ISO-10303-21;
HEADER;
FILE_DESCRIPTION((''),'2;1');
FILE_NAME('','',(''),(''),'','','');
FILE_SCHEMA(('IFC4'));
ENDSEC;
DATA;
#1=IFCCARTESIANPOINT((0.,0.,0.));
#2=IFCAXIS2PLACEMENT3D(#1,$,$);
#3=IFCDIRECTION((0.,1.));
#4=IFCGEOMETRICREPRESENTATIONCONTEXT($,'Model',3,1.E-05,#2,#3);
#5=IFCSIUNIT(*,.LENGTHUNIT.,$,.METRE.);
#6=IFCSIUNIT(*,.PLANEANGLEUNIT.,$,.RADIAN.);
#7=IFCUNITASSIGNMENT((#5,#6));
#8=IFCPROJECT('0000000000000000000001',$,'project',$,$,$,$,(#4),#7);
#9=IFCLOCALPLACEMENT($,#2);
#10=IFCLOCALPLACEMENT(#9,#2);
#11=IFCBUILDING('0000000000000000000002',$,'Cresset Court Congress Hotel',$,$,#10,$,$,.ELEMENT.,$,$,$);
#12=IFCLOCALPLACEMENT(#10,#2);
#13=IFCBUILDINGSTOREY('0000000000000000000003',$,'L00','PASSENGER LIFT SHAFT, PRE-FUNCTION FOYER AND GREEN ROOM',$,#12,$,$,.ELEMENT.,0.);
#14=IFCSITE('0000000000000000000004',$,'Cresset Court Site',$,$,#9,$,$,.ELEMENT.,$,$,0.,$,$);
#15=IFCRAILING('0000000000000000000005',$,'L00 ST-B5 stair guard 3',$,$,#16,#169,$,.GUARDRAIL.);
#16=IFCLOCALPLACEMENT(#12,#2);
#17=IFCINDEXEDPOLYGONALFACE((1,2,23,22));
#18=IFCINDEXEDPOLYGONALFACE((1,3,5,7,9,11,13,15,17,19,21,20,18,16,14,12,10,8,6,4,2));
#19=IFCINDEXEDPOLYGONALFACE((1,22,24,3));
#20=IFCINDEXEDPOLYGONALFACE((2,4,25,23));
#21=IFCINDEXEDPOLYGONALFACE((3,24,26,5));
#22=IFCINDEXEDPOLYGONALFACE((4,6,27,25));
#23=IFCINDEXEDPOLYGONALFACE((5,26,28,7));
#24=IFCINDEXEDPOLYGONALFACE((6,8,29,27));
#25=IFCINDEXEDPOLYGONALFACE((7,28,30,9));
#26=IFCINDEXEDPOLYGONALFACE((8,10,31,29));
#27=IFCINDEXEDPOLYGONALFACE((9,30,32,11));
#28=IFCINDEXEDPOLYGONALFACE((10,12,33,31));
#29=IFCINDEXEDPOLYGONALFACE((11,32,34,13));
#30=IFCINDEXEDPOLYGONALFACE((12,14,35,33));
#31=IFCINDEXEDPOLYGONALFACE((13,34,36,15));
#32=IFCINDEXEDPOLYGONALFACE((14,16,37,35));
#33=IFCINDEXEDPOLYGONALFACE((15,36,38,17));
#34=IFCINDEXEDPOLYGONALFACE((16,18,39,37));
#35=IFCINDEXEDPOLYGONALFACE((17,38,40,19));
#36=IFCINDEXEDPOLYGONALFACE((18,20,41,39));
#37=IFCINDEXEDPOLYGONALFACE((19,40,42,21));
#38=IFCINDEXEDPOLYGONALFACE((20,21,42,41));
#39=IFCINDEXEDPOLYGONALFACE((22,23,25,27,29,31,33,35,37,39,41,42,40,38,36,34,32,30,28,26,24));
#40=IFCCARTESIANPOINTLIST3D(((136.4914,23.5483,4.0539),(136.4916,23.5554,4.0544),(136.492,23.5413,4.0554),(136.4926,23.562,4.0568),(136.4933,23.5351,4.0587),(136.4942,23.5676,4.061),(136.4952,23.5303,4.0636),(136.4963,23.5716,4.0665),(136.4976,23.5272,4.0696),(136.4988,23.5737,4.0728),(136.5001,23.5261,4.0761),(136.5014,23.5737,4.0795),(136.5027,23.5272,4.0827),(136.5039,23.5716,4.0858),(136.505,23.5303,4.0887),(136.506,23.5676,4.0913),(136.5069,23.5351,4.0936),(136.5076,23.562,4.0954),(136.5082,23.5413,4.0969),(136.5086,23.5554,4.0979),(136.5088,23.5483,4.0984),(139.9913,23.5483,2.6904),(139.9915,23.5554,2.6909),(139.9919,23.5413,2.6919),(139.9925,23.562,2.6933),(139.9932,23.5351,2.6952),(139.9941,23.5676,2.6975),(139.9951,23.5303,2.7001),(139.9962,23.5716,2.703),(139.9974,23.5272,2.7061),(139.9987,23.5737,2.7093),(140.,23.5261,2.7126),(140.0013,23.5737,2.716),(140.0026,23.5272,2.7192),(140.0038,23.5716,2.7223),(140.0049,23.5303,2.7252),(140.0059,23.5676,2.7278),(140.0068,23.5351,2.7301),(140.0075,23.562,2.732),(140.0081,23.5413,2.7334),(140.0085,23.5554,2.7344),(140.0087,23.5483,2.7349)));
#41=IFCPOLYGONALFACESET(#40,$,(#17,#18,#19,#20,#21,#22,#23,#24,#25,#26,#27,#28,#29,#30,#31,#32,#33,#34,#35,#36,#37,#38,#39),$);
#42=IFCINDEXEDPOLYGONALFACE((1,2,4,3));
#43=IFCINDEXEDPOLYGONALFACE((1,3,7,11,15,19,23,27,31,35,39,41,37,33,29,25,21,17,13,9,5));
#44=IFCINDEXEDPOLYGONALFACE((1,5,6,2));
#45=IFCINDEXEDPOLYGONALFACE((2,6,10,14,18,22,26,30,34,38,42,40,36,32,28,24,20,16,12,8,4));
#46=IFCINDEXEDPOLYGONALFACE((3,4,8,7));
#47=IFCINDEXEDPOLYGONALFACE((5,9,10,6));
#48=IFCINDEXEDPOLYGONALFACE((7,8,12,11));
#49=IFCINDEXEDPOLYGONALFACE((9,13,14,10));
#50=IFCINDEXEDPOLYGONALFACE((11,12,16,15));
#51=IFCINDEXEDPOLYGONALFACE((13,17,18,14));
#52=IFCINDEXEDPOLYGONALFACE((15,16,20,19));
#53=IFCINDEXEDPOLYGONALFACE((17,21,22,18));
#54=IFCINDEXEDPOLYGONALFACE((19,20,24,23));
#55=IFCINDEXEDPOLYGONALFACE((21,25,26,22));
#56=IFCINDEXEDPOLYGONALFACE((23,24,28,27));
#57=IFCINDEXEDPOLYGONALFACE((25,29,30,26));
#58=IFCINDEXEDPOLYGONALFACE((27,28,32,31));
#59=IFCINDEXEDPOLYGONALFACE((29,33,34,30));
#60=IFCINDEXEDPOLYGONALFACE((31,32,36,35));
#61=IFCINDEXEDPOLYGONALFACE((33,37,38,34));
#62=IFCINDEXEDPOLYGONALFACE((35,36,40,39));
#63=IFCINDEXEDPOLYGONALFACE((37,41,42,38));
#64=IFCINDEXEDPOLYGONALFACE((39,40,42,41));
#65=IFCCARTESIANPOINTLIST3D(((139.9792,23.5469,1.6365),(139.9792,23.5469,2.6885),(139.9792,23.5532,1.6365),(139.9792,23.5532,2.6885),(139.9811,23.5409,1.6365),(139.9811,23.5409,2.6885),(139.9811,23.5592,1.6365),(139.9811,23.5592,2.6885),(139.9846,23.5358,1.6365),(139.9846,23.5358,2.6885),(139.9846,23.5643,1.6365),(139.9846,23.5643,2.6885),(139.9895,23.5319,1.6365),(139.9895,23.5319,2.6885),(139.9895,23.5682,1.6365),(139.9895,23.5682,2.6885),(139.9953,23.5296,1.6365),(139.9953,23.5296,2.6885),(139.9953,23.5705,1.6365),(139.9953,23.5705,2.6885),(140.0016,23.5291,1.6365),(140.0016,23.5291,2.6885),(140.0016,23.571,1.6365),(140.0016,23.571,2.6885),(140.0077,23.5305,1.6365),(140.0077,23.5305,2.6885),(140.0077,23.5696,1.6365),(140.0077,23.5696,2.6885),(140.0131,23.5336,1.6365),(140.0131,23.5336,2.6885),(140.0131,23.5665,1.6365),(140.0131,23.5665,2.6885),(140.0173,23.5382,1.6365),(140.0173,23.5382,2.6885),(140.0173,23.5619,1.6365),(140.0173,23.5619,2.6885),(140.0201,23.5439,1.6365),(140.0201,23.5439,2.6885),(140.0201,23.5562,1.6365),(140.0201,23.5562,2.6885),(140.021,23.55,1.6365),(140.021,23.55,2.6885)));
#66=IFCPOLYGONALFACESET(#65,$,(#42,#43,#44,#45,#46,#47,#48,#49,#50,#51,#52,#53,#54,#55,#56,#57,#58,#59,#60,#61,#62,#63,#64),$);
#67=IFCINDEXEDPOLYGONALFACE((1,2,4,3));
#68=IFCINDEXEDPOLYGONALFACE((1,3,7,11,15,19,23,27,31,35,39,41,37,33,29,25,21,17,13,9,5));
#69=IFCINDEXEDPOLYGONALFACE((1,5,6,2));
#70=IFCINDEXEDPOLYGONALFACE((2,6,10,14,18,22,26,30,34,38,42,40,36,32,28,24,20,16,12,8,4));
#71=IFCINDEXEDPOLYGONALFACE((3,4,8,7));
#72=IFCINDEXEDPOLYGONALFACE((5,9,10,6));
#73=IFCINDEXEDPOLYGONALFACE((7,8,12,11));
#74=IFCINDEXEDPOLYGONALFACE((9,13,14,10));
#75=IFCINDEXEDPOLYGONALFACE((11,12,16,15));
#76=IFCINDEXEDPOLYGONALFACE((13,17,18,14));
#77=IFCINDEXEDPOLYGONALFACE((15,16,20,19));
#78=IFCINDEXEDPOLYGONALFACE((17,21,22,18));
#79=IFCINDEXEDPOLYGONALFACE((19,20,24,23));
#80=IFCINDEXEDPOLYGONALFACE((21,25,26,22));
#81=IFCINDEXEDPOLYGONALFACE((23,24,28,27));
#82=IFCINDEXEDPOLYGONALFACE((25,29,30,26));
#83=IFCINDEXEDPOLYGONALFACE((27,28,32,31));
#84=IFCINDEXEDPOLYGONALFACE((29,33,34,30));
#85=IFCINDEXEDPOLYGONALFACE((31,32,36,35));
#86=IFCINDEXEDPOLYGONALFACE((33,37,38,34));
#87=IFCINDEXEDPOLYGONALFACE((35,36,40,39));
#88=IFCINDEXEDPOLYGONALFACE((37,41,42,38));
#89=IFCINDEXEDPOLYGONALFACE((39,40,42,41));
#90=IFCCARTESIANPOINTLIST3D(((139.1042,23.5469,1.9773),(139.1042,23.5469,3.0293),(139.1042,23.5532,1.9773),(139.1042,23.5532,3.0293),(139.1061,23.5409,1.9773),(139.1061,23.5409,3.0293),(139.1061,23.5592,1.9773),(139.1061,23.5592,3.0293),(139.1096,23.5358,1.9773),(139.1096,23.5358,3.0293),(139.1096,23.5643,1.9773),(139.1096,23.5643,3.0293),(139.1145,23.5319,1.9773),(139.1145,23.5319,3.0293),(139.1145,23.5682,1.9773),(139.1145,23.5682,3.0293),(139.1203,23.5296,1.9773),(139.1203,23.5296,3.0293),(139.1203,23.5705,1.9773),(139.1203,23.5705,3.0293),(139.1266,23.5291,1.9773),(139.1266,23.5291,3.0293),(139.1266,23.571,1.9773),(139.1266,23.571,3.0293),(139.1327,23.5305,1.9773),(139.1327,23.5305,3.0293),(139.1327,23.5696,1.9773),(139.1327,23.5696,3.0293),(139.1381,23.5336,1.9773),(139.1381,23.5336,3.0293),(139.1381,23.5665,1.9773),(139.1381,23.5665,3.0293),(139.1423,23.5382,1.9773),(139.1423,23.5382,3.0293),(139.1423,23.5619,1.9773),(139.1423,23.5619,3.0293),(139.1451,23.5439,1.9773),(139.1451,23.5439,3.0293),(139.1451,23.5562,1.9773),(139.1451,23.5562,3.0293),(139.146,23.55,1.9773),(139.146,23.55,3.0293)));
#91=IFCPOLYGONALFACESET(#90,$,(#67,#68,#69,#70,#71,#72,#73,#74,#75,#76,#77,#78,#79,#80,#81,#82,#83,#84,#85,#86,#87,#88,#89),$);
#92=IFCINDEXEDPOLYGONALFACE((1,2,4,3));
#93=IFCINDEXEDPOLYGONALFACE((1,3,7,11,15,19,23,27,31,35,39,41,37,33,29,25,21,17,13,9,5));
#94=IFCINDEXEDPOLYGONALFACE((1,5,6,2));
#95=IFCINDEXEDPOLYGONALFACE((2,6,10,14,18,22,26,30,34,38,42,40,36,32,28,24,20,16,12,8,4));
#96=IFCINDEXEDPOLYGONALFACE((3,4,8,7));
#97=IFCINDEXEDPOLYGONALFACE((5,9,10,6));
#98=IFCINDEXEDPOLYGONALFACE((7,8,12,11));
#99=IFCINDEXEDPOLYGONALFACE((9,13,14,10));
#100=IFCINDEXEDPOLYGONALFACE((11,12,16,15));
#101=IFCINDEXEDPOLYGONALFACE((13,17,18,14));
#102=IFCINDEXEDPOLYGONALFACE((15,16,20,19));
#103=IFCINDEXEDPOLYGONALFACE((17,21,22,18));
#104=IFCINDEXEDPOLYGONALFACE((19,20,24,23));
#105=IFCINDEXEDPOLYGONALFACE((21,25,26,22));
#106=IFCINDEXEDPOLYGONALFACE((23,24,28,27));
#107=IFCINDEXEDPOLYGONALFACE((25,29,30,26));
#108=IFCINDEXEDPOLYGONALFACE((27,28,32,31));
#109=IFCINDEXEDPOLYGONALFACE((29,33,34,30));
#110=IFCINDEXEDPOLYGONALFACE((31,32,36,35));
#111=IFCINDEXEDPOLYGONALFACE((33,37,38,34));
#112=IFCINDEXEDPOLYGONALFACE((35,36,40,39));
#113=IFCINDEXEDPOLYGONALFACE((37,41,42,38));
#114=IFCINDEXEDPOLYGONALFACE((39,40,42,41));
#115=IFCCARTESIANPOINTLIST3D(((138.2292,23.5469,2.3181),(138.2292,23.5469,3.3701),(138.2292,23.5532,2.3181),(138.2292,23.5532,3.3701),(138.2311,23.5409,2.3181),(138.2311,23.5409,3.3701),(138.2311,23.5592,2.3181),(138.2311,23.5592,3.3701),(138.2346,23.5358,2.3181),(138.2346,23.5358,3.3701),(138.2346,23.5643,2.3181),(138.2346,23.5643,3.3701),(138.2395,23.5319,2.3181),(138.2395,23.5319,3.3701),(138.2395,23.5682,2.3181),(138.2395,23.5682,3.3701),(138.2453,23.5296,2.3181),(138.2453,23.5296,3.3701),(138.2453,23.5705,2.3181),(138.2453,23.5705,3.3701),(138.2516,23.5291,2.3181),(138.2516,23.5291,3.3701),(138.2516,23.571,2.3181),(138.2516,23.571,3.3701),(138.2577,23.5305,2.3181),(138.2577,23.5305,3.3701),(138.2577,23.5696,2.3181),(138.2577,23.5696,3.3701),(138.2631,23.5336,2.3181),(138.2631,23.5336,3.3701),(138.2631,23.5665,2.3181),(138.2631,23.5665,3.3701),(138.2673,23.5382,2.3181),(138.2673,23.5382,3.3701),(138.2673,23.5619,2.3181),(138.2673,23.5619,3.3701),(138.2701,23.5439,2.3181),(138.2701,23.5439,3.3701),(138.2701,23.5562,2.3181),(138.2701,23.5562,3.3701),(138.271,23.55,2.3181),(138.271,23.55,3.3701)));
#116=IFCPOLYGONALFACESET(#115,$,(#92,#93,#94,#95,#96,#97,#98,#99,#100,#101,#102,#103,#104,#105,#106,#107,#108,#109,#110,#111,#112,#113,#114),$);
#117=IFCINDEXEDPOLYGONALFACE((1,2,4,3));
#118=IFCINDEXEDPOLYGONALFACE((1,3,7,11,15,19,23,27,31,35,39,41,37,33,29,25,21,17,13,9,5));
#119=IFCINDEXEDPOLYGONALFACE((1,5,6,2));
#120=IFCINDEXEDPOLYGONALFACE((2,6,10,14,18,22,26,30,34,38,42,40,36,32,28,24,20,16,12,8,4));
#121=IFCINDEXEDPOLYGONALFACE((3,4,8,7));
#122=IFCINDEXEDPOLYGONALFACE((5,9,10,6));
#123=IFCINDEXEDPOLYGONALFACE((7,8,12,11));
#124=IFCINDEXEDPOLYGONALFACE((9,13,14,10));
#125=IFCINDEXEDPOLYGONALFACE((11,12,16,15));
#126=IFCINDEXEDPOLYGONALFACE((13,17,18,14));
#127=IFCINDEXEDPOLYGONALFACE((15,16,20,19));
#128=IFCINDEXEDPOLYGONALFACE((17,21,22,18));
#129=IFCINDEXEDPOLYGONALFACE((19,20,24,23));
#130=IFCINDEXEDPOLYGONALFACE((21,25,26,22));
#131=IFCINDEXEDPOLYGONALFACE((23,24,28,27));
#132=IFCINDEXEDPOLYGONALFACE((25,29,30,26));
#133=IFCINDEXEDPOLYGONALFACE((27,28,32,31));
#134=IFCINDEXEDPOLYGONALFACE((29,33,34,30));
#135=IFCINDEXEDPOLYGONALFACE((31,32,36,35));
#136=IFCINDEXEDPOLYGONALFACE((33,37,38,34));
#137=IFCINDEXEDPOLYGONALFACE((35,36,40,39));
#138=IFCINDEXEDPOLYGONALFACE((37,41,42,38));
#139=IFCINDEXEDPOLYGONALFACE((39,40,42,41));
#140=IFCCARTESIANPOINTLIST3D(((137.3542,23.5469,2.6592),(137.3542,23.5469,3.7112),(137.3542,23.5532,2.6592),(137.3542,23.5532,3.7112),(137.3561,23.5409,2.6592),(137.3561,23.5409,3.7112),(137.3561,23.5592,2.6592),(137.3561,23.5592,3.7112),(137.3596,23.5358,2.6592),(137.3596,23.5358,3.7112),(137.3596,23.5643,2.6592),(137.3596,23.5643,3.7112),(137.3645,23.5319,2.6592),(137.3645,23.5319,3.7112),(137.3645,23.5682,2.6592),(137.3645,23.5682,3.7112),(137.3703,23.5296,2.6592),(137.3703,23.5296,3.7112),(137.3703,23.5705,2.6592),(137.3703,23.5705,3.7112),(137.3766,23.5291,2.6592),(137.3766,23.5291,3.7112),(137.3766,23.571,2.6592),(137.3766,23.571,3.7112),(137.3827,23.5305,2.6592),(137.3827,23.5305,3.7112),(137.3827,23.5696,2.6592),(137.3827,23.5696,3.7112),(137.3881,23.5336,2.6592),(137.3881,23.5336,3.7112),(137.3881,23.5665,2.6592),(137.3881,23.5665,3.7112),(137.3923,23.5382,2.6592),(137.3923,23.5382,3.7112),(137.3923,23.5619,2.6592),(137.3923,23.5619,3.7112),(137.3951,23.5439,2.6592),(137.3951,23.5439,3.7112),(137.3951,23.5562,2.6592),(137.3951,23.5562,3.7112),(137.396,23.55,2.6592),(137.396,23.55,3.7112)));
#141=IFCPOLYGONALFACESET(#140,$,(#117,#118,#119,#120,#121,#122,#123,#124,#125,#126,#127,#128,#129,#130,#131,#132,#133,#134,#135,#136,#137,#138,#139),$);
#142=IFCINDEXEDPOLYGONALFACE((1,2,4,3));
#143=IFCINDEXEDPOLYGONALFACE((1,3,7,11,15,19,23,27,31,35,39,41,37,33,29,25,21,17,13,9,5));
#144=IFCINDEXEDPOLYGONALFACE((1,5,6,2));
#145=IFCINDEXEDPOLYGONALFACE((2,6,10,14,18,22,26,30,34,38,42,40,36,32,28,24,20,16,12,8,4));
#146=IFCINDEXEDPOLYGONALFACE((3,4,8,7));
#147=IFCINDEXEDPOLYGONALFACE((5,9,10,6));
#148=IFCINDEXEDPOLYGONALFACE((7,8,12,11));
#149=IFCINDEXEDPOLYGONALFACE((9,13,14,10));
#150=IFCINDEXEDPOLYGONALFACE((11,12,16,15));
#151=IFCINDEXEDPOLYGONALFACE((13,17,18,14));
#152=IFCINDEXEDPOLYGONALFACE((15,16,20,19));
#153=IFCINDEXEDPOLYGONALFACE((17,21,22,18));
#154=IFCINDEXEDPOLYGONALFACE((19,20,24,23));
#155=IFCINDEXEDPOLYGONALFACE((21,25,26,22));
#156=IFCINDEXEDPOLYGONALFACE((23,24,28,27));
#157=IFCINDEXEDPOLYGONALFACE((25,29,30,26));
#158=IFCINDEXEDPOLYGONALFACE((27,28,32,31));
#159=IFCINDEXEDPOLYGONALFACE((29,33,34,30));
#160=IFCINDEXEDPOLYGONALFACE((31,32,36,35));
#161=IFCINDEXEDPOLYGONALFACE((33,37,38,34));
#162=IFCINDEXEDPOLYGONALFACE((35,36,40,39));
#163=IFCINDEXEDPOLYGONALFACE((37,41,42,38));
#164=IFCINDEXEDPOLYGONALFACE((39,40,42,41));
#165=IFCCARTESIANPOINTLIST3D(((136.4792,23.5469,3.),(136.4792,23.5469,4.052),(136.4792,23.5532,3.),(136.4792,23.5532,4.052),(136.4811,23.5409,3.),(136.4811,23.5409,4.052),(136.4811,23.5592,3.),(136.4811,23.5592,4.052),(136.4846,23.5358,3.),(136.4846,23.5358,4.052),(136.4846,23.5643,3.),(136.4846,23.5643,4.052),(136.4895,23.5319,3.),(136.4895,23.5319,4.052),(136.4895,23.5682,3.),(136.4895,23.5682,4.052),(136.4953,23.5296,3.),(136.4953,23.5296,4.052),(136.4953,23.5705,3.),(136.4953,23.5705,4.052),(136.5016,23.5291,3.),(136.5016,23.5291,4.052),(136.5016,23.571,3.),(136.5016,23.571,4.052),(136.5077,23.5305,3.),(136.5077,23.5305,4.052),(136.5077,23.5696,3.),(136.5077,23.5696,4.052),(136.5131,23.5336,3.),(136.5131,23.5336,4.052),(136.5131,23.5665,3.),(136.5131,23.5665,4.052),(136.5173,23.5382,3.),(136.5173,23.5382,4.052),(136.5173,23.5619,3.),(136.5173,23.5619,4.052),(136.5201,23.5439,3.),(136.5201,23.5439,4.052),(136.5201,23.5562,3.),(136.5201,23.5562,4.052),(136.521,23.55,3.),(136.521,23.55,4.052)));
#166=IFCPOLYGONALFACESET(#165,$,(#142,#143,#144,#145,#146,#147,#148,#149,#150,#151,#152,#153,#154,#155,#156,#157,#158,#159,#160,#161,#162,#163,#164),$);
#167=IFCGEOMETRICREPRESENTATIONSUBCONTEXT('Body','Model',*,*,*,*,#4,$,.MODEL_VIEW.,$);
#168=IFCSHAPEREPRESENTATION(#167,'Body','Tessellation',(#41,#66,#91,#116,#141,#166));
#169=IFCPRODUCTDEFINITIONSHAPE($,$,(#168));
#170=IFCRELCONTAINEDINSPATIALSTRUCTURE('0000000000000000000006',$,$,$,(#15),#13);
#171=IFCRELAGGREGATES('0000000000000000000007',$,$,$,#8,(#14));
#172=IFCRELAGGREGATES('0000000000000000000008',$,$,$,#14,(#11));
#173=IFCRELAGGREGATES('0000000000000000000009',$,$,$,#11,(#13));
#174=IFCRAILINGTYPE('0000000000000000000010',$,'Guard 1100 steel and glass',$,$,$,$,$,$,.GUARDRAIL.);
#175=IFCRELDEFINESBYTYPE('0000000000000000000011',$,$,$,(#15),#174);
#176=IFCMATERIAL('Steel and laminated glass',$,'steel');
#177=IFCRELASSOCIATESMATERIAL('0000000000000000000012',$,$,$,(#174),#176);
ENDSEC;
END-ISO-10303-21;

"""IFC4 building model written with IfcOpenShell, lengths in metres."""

from ifc_helpers import new_model, si_unit, direction, frame, origin, origin_2d, place, context, subcontext, project, spatial, circle, extrude, material, type_object, element, save


model = new_model("IFC4")

# Units and contexts
model_context = context("Model", 3, precision=1e-05, world=origin(), true_north=direction((0.0, 1.0)))
body_context = subcontext(model_context, "Body", "Model", "MODEL_VIEW")
ifc_project = project(units=[si_unit("LENGTHUNIT", "METRE"), si_unit("PLANEANGLEUNIT", "RADIAN")], contexts=[model_context])

# Site, building, storey
site_placement = place(None, origin())
site = spatial("IfcSite", under=ifc_project, at=site_placement, Name="Cresset Court Site", CompositionType="ELEMENT", RefElevation=0.0)
building_placement = place(site_placement, origin())
building = spatial("IfcBuilding", under=site, at=building_placement, Name="Cresset Court Congress Hotel", CompositionType="ELEMENT")
storey_placement = place(building_placement, origin())
storey = spatial("IfcBuildingStorey", under=building, at=storey_placement, Name="L00", Description="PASSENGER LIFT SHAFT, PRE-FUNCTION FOYER AND GREEN ROOM", CompositionType="ELEMENT", Elevation=0.0)

# Railing
ifc_material_1 = material(Name="Steel and laminated glass", Category="steel")
railing_type_1 = type_object("IfcRailingType", Name="Guard 1100 steel and glass", PredefinedType="GUARDRAIL", material=ifc_material_1)
railing_1_placement = place(storey_placement, frame((140.0, 23.55, 1.6365)))
element("IfcRailing", 1, at=railing_1_placement, inside=storey, type_object=railing_type_1, Name="L00 ST-B5 stair guard 3", PredefinedType="GUARDRAIL", context=body_context, shape_type="SweptSolid", body=[
    extrude(circle(Radius=0.0239, at=origin_2d()), frame((0.0, 0.0, 1.0762), z_axis=(-0.931787, 0.0, 0.363005), x_axis=(0.0, -1.0, 0.0)), (0.0, 0.0, 1.0), 3.7561),
    extrude(circle(Radius=0.021, at=origin_2d()), origin(), (0.0, 0.0, 1.0), 1.052),
    extrude(circle(Radius=0.021, at=origin_2d()), frame((-0.875, 0.0, 0.3408)), (0.0, 0.0, 1.0), 1.052),
    extrude(circle(Radius=0.021, at=origin_2d()), frame((-1.75, 0.0, 0.6816)), (0.0, 0.0, 1.0), 1.052),
    extrude(circle(Radius=0.021, at=origin_2d()), frame((-2.625, 0.0, 1.0227)), (0.0, 0.0, 1.0), 1.052),
    extrude(circle(Radius=0.021, at=origin_2d()), frame((-3.5, 0.0, 1.3635)), (0.0, 0.0, 1.0), 1.052),
])

save(model, "model.ifc")
